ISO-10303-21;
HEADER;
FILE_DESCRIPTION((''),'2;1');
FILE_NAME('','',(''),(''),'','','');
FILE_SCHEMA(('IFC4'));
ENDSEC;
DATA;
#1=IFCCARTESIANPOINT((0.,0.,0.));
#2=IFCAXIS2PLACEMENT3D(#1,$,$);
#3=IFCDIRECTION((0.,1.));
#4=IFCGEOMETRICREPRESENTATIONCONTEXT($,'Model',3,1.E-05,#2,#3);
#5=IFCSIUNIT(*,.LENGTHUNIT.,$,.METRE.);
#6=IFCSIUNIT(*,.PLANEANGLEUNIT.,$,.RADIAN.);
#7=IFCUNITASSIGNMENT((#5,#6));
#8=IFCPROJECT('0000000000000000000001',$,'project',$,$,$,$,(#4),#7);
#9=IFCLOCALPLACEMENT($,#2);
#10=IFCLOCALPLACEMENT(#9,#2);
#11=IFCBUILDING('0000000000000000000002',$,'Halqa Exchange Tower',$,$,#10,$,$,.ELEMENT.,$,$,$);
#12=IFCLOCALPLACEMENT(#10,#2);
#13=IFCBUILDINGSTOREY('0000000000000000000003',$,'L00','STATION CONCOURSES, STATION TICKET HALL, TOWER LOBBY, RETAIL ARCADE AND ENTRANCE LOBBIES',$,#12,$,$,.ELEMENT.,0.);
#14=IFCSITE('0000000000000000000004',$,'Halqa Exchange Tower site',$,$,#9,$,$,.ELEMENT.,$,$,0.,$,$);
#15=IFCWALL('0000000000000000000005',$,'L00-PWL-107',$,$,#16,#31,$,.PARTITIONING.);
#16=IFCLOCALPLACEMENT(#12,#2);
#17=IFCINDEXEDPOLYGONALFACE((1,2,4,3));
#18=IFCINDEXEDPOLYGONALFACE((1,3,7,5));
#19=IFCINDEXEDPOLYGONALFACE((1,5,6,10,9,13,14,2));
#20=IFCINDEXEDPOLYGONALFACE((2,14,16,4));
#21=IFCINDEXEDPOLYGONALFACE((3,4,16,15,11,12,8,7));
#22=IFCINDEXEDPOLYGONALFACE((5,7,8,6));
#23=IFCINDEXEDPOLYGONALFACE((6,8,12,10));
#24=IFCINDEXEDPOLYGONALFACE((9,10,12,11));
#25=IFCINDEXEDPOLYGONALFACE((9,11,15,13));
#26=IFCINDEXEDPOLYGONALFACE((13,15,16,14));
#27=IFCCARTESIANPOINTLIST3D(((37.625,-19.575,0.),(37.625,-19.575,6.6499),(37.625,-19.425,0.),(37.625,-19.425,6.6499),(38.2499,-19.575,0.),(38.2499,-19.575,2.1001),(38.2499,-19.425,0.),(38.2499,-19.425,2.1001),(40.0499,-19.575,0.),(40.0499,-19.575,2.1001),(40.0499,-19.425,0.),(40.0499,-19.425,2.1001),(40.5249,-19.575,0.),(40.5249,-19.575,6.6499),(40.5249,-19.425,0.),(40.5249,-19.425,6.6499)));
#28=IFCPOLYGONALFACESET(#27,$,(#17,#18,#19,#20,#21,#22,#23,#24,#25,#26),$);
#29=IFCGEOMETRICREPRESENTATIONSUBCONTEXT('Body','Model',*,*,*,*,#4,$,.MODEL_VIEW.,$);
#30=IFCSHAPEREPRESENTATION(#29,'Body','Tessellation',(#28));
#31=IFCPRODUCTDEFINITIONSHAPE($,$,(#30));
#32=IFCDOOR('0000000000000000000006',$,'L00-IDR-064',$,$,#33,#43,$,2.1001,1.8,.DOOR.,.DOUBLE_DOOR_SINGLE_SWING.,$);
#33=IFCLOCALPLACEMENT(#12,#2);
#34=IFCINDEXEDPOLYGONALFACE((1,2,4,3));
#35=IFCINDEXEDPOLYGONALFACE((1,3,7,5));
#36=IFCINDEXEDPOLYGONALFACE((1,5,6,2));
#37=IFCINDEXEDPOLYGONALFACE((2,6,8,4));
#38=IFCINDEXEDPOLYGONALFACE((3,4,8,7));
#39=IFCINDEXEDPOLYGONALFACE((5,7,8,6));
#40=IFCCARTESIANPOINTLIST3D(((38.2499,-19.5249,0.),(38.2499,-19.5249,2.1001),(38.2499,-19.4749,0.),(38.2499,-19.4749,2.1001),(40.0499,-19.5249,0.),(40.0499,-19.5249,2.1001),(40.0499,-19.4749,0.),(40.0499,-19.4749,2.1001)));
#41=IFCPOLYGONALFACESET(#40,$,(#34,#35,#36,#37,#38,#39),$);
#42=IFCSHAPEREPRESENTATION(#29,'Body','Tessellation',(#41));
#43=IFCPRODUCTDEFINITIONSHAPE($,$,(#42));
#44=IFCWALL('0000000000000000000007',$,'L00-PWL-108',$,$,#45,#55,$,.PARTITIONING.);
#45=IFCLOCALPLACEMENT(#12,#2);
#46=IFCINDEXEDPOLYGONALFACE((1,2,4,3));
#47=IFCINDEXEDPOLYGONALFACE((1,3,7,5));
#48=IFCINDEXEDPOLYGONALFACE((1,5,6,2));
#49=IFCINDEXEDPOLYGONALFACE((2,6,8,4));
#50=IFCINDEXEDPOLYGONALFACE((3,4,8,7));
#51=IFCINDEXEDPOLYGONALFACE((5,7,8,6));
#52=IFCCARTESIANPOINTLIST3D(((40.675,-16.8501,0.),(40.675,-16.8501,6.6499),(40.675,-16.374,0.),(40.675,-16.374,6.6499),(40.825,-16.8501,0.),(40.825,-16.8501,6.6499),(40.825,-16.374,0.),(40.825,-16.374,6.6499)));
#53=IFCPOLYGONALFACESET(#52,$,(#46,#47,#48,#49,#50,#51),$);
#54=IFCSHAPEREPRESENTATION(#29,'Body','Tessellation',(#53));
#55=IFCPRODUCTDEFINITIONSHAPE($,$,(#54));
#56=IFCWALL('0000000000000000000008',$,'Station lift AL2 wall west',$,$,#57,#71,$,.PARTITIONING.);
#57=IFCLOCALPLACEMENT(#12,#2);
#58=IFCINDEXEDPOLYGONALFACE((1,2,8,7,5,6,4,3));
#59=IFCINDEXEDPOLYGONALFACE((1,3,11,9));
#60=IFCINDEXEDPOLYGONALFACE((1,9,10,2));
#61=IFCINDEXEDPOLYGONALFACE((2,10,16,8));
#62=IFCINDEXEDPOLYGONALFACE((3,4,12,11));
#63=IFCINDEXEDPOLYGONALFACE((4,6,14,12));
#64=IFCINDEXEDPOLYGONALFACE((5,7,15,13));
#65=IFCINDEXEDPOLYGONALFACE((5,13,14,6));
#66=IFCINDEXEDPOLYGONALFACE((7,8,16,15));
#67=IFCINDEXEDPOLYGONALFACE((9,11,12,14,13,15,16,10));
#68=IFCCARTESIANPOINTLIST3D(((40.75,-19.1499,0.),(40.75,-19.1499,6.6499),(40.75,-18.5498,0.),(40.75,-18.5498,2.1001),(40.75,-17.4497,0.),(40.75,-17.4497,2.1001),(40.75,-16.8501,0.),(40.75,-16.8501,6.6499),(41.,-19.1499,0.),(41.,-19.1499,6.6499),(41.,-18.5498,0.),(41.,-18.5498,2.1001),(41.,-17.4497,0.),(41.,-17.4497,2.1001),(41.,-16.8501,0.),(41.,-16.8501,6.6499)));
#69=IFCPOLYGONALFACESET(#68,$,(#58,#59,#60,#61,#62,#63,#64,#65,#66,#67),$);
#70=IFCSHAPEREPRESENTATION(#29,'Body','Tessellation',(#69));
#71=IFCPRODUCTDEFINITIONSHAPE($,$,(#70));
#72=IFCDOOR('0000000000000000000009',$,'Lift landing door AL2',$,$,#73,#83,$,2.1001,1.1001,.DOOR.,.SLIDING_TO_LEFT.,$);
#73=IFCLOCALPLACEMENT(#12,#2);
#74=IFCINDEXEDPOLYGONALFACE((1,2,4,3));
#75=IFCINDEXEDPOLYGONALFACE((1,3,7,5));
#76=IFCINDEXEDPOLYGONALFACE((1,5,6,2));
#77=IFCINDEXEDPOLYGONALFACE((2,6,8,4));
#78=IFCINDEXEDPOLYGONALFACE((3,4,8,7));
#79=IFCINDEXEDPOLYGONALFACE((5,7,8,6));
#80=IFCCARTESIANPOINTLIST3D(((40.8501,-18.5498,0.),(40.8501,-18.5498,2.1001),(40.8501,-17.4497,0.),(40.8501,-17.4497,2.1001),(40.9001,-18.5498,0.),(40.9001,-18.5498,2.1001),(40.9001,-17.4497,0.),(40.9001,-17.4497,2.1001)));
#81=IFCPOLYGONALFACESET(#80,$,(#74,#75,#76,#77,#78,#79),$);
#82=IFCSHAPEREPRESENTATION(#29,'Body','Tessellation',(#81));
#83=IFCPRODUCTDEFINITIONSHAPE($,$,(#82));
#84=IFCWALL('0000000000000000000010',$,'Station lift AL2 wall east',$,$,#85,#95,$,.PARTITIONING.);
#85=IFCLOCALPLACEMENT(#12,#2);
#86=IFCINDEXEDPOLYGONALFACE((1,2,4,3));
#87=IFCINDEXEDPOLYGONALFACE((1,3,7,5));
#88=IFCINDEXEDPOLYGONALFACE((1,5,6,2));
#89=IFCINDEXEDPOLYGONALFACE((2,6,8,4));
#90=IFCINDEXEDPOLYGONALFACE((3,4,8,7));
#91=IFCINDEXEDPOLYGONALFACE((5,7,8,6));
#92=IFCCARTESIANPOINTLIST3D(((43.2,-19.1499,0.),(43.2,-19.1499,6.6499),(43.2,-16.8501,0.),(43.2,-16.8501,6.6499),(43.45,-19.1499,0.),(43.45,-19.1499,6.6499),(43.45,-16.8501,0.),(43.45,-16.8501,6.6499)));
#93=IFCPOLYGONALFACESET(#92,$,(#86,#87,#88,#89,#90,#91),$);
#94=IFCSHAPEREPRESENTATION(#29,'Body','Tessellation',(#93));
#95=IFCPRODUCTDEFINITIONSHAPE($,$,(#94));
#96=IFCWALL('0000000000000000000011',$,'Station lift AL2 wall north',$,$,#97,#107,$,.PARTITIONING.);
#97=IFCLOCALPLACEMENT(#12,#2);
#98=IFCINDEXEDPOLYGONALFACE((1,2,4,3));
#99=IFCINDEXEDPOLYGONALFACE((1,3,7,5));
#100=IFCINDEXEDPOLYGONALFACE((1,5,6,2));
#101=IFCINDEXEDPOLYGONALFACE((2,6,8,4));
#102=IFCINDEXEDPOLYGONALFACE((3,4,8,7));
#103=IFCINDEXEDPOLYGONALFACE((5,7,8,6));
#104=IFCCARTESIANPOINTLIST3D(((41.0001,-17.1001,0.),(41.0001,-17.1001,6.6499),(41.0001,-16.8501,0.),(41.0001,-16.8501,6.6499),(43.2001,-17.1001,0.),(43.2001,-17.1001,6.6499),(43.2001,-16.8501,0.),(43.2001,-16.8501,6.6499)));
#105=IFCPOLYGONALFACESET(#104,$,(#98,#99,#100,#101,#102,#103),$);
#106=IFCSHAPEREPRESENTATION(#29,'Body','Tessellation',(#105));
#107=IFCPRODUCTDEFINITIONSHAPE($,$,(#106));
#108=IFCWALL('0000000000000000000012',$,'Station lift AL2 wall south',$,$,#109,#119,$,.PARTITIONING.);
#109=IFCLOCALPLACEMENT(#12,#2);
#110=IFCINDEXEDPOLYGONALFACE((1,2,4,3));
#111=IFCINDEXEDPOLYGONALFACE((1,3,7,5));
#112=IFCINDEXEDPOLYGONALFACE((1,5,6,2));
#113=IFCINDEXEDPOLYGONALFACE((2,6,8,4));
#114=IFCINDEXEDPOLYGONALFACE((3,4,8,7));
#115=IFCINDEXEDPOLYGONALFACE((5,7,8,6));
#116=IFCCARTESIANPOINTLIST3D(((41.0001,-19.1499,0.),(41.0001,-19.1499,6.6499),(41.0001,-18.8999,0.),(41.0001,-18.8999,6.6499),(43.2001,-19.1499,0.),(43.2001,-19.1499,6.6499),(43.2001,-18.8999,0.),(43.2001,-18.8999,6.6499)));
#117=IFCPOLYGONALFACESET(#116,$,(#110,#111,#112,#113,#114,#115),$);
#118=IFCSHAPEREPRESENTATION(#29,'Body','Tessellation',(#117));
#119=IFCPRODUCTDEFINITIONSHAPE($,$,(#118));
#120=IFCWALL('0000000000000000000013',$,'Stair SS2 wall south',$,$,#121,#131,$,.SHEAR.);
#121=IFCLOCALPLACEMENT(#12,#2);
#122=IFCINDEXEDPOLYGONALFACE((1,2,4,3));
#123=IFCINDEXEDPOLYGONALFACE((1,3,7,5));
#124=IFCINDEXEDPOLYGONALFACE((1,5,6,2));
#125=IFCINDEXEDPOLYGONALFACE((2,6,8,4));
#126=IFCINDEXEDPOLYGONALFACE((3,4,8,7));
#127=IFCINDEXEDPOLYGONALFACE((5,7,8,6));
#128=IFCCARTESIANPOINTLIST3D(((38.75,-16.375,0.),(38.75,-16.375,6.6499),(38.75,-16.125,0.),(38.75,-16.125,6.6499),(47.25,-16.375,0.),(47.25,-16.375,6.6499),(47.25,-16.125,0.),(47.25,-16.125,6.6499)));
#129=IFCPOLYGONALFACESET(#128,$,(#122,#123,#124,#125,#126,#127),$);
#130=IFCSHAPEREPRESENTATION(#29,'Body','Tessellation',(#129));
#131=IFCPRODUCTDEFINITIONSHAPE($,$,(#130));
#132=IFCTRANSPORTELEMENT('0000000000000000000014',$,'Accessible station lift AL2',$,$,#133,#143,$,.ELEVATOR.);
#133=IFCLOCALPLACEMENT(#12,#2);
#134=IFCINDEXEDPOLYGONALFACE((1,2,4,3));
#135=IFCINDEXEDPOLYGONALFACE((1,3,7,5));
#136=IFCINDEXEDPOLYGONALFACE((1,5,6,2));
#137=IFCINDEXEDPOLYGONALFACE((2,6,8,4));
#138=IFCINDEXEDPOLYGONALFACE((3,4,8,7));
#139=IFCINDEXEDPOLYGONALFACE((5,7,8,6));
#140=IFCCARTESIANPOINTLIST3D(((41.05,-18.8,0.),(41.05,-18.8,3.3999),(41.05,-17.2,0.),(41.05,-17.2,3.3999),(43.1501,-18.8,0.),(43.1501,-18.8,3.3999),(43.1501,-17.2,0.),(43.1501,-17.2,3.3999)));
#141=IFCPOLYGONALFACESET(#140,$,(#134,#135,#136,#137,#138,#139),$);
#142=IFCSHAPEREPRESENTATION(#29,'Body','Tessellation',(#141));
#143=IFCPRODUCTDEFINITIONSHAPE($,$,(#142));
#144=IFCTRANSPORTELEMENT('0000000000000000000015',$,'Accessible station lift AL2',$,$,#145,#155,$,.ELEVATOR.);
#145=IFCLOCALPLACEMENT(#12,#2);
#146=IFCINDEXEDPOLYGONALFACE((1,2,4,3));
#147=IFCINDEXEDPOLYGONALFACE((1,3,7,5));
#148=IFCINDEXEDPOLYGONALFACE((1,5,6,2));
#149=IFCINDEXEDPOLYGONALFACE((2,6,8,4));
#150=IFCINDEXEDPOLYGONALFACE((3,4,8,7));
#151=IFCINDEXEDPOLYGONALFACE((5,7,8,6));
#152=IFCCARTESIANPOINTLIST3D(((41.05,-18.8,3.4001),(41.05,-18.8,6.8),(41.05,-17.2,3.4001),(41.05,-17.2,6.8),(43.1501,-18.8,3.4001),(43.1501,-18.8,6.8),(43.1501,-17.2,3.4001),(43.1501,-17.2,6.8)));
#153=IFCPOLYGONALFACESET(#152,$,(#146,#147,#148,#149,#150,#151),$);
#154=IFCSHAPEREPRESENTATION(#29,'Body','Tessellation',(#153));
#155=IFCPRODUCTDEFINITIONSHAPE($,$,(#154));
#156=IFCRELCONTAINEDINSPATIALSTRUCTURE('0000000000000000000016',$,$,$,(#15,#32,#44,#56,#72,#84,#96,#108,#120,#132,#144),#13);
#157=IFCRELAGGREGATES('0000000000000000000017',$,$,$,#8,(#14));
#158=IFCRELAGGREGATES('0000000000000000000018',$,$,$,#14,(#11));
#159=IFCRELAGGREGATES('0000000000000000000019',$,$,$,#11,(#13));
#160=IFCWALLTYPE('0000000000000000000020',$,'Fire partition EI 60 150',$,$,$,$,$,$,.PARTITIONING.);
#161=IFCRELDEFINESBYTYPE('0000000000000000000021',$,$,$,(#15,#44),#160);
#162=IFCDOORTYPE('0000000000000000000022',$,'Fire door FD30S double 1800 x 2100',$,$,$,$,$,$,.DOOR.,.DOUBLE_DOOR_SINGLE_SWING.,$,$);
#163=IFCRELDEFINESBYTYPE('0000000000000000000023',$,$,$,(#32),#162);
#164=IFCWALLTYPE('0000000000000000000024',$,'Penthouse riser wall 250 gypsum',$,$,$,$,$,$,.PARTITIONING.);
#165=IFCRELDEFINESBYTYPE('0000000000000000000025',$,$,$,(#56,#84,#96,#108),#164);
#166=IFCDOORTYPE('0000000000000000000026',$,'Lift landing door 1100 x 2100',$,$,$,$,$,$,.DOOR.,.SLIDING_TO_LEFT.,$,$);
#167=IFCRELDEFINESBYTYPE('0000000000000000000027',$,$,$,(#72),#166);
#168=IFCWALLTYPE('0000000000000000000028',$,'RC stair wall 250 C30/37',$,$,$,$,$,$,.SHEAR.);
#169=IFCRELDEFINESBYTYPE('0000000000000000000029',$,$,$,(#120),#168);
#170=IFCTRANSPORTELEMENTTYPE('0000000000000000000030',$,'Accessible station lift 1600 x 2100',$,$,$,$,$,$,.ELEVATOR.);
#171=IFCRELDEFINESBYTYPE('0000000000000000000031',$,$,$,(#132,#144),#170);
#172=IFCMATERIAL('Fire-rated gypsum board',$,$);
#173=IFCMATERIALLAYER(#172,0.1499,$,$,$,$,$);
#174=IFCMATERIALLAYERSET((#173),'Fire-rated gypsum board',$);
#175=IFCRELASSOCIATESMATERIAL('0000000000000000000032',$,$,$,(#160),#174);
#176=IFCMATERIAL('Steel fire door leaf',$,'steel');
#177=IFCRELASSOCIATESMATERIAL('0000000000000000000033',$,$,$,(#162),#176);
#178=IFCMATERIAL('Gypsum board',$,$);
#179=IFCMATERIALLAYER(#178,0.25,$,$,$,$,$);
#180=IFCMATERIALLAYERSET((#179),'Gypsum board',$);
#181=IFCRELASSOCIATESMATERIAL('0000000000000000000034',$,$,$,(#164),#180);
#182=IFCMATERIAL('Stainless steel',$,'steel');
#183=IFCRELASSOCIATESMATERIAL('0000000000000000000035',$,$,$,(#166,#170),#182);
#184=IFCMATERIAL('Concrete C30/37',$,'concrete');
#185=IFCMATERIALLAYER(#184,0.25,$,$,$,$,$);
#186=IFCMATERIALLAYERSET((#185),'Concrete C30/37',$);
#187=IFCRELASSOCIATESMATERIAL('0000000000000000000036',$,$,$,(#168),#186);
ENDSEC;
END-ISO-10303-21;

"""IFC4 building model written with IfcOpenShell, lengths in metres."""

from ifc_helpers import new_model, si_unit, direction, frame, frame_2d, origin, origin_2d, place, context, subcontext, project, spatial, rectangle, extrude, material, layer, layer_set, type_object, element, fill, save


model = new_model("IFC4")

# Units and contexts
model_context = context("Model", 3, precision=1e-05, world=origin(), true_north=direction((0.0, 1.0)))
body_context = subcontext(model_context, "Body", "Model", "MODEL_VIEW")
ifc_project = project(units=[si_unit("LENGTHUNIT", "METRE"), si_unit("PLANEANGLEUNIT", "RADIAN")], contexts=[model_context])

# Site, building, storey
site_placement = place(None, origin())
site = spatial("IfcSite", under=ifc_project, at=site_placement, Name="Halqa Exchange Tower site", CompositionType="ELEMENT", RefElevation=0.0)
building_placement = place(site_placement, origin())
building = spatial("IfcBuilding", under=site, at=building_placement, Name="Halqa Exchange Tower", CompositionType="ELEMENT")
storey_placement = place(building_placement, origin())
storey = spatial("IfcBuildingStorey", under=building, at=storey_placement, Name="L00", Description="STATION CONCOURSES, STATION TICKET HALL, TOWER LOBBY, RETAIL ARCADE AND ENTRANCE LOBBIES", CompositionType="ELEMENT", Elevation=0.0)

# Shared definitions
ifc_material_1 = material(Name="Fire-rated gypsum board")
ifc_layer_1 = layer(ifc_material_1, 0.1499)
ifc_layer_set_1 = layer_set([ifc_layer_1], Name="Fire-rated gypsum board")
wall_type_1 = type_object("IfcWallType", Name="Fire partition EI 60 150", PredefinedType="PARTITIONING", material=ifc_layer_set_1)

# Wall, opening, door
wall_1_placement = place(storey_placement, frame((40.5249, -19.5, 0.0), z_axis=(0.0, 0.0, 1.0), x_axis=(-1.0, 0.0, 0.0)))
wall_1 = element("IfcWall", 1, at=wall_1_placement, inside=storey, type_object=wall_type_1, Name="L00-PWL-107", PredefinedType="PARTITIONING", context=body_context, shape_type="SweptSolid", body=[
    extrude(rectangle(XDim=2.8999, YDim=0.1499, at=frame_2d((1.45, 0.0))), origin(), (0.0, 0.0, 1.0), 6.6499),
])
opening_1_placement = place(wall_1_placement, frame((0.4751, 0.0, 0.0)))
opening_1 = element("IfcOpeningElement", 2, at=opening_1_placement, cuts=wall_1, PredefinedType="OPENING", context=body_context, shape_type="SweptSolid", body=[
    extrude(rectangle(XDim=1.8, YDim=2.1001, at=frame_2d((0.8999, 1.05))), frame((0.0, 0.0869, 0.0), z_axis=(0.0, -1.0, 0.0), x_axis=(1.0, 0.0, 0.0)), (0.0, 0.0, 1.0), 0.1738),
])
ifc_material_2 = material(Name="Steel fire door leaf", Category="steel")
door_type_1 = type_object("IfcDoorType", Name="Fire door FD30S double 1800 x 2100", OperationType="DOUBLE_DOOR_SINGLE_SWING", PredefinedType="DOOR", material=ifc_material_2)
door_1_placement = place(opening_1_placement, origin())
door_1 = element("IfcDoor", 3, at=door_1_placement, inside=storey, type_object=door_type_1, Name="L00-IDR-064", OperationType="DOUBLE_DOOR_SINGLE_SWING", OverallHeight=2.1001, OverallWidth=1.8, PredefinedType="DOOR", context=body_context, shape_type="SweptSolid", body=[
    extrude(rectangle(XDim=1.8, YDim=2.1001, at=frame_2d((0.8999, 1.05))), frame((0.0, 0.0249, 0.0), z_axis=(0.0, -1.0, 0.0), x_axis=(1.0, 0.0, 0.0)), (0.0, 0.0, 1.0), 0.05),
])
fill(opening_1, door_1)

# Wall
wall_2_placement = place(storey_placement, frame((40.75, -16.374, 0.0), z_axis=(0.0, 0.0, 1.0), x_axis=(0.0, -1.0, 0.0)))
element("IfcWall", 4, at=wall_2_placement, inside=storey, type_object=wall_type_1, Name="L00-PWL-108", PredefinedType="PARTITIONING", context=body_context, shape_type="SweptSolid", body=[
    extrude(rectangle(XDim=0.4761, YDim=0.1499, at=frame_2d((0.238, 0.0))), origin(), (0.0, 0.0, 1.0), 6.6499),
])

# Wall, opening, door
ifc_material_3 = material(Name="Gypsum board")
ifc_layer_2 = layer(ifc_material_3, 0.25)
ifc_layer_set_2 = layer_set([ifc_layer_2], Name="Gypsum board")
wall_type_2 = type_object("IfcWallType", Name="Penthouse riser wall 250 gypsum", PredefinedType="PARTITIONING", material=ifc_layer_set_2)
wall_3_placement = place(storey_placement, frame((40.875, -19.1499, 0.0), z_axis=(0.0, 0.0, 1.0), x_axis=(0.0, 1.0, 0.0)))
wall_3 = element("IfcWall", 5, at=wall_3_placement, inside=storey, type_object=wall_type_2, Name="Station lift AL2 wall west", PredefinedType="PARTITIONING", context=body_context, shape_type="SweptSolid", body=[
    extrude(rectangle(XDim=2.2998, YDim=0.25, at=frame_2d((1.1499, 0.0))), origin(), (0.0, 0.0, 1.0), 6.6499),
])
opening_2_placement = place(wall_3_placement, frame((0.6001, 0.0, 0.0)))
opening_2 = element("IfcOpeningElement", 6, at=opening_2_placement, cuts=wall_3, PredefinedType="OPENING", context=body_context, shape_type="SweptSolid", body=[
    extrude(rectangle(XDim=1.1001, YDim=2.1001, at=frame_2d((0.55, 1.05))), frame((0.0, 0.137, 0.0), z_axis=(0.0, -1.0, 0.0), x_axis=(1.0, 0.0, 0.0)), (0.0, 0.0, 1.0), 0.2739),
])
ifc_material_4 = material(Name="Stainless steel", Category="steel")
door_type_2 = type_object("IfcDoorType", Name="Lift landing door 1100 x 2100", OperationType="SLIDING_TO_LEFT", PredefinedType="DOOR", material=ifc_material_4)
door_2_placement = place(opening_2_placement, origin())
door_2 = element("IfcDoor", 7, at=door_2_placement, inside=storey, type_object=door_type_2, Name="Lift landing door AL2", OperationType="SLIDING_TO_LEFT", OverallHeight=2.1001, OverallWidth=1.1001, PredefinedType="DOOR", context=body_context, shape_type="SweptSolid", body=[
    extrude(rectangle(XDim=1.1001, YDim=2.1001, at=frame_2d((0.55, 1.05))), frame((0.0, 0.0249, 0.0), z_axis=(0.0, -1.0, 0.0), x_axis=(1.0, 0.0, 0.0)), (0.0, 0.0, 1.0), 0.05),
])
fill(opening_2, door_2)

# Walls
wall_4_placement = place(storey_placement, frame((43.325, -19.1499, 0.0), z_axis=(0.0, 0.0, 1.0), x_axis=(0.0, 1.0, 0.0)))
element("IfcWall", 8, at=wall_4_placement, inside=storey, type_object=wall_type_2, Name="Station lift AL2 wall east", PredefinedType="PARTITIONING", context=body_context, shape_type="SweptSolid", body=[
    extrude(rectangle(XDim=2.2998, YDim=0.25, at=frame_2d((1.1499, 0.0))), origin(), (0.0, 0.0, 1.0), 6.6499),
])
for number, where, z_axis, x_axis, name in (
    (9, (41.0, -16.9751, 0.0), (0.0, 0.0, 1.0), (1.0, 0.0, 0.0), "Station lift AL2 wall north"),
    (10, (41.0, -19.0249, 0.0), (0.0, 0.0, 1.0), (1.0, 0.0, 0.0), "Station lift AL2 wall south"),
):
    element("IfcWall", number, at=place(storey_placement, frame(where, z_axis=z_axis, x_axis=x_axis)), inside=storey, type_object=wall_type_2, Name=name, PredefinedType="PARTITIONING", context=body_context, shape_type="SweptSolid", body=[
        extrude(rectangle(XDim=2.2, YDim=0.25, at=frame_2d((1.1001, 0.0))), origin(), (0.0, 0.0, 1.0), 6.6499),
    ])
ifc_material_5 = material(Name="Concrete C30/37", Category="concrete")
ifc_layer_3 = layer(ifc_material_5, 0.25)
ifc_layer_set_3 = layer_set([ifc_layer_3], Name="Concrete C30/37")
wall_type_3 = type_object("IfcWallType", Name="RC stair wall 250 C30/37", PredefinedType="SHEAR", material=ifc_layer_set_3)
wall_5_placement = place(storey_placement, frame((38.75, -16.25, 0.0), z_axis=(0.0, 0.0, 1.0), x_axis=(1.0, 0.0, 0.0)))
element("IfcWall", 11, at=wall_5_placement, inside=storey, type_object=wall_type_3, Name="Stair SS2 wall south", PredefinedType="SHEAR", context=body_context, shape_type="SweptSolid", body=[
    extrude(rectangle(XDim=8.5, YDim=0.25, at=frame_2d((4.25, 0.0))), origin(), (0.0, 0.0, 1.0), 6.6499),
])

# Transport elements
transport_element_type = type_object("IfcTransportElementType", Name="Accessible station lift 1600 x 2100", PredefinedType="ELEVATOR", material=ifc_material_4)
for number, where, z_axis, x_axis, name in (
    (12, (42.1001, -18.0, 0.0), (0.0, 0.0, 1.0), (1.0, 0.0, 0.0), "Accessible station lift AL2"),
    (13, (42.1001, -18.0, 3.4001), (0.0, 0.0, 1.0), (1.0, 0.0, 0.0), "Accessible station lift AL2"),
):
    element("IfcTransportElement", number, at=place(storey_placement, frame(where, z_axis=z_axis, x_axis=x_axis)), inside=storey, type_object=transport_element_type, Name=name, PredefinedType="ELEVATOR", context=body_context, shape_type="SweptSolid", body=[
        extrude(rectangle(XDim=2.1001, YDim=1.6001, at=origin_2d()), origin(), (0.0, 0.0, 1.0), 3.3999),
    ])

save(model, "model.ifc")
